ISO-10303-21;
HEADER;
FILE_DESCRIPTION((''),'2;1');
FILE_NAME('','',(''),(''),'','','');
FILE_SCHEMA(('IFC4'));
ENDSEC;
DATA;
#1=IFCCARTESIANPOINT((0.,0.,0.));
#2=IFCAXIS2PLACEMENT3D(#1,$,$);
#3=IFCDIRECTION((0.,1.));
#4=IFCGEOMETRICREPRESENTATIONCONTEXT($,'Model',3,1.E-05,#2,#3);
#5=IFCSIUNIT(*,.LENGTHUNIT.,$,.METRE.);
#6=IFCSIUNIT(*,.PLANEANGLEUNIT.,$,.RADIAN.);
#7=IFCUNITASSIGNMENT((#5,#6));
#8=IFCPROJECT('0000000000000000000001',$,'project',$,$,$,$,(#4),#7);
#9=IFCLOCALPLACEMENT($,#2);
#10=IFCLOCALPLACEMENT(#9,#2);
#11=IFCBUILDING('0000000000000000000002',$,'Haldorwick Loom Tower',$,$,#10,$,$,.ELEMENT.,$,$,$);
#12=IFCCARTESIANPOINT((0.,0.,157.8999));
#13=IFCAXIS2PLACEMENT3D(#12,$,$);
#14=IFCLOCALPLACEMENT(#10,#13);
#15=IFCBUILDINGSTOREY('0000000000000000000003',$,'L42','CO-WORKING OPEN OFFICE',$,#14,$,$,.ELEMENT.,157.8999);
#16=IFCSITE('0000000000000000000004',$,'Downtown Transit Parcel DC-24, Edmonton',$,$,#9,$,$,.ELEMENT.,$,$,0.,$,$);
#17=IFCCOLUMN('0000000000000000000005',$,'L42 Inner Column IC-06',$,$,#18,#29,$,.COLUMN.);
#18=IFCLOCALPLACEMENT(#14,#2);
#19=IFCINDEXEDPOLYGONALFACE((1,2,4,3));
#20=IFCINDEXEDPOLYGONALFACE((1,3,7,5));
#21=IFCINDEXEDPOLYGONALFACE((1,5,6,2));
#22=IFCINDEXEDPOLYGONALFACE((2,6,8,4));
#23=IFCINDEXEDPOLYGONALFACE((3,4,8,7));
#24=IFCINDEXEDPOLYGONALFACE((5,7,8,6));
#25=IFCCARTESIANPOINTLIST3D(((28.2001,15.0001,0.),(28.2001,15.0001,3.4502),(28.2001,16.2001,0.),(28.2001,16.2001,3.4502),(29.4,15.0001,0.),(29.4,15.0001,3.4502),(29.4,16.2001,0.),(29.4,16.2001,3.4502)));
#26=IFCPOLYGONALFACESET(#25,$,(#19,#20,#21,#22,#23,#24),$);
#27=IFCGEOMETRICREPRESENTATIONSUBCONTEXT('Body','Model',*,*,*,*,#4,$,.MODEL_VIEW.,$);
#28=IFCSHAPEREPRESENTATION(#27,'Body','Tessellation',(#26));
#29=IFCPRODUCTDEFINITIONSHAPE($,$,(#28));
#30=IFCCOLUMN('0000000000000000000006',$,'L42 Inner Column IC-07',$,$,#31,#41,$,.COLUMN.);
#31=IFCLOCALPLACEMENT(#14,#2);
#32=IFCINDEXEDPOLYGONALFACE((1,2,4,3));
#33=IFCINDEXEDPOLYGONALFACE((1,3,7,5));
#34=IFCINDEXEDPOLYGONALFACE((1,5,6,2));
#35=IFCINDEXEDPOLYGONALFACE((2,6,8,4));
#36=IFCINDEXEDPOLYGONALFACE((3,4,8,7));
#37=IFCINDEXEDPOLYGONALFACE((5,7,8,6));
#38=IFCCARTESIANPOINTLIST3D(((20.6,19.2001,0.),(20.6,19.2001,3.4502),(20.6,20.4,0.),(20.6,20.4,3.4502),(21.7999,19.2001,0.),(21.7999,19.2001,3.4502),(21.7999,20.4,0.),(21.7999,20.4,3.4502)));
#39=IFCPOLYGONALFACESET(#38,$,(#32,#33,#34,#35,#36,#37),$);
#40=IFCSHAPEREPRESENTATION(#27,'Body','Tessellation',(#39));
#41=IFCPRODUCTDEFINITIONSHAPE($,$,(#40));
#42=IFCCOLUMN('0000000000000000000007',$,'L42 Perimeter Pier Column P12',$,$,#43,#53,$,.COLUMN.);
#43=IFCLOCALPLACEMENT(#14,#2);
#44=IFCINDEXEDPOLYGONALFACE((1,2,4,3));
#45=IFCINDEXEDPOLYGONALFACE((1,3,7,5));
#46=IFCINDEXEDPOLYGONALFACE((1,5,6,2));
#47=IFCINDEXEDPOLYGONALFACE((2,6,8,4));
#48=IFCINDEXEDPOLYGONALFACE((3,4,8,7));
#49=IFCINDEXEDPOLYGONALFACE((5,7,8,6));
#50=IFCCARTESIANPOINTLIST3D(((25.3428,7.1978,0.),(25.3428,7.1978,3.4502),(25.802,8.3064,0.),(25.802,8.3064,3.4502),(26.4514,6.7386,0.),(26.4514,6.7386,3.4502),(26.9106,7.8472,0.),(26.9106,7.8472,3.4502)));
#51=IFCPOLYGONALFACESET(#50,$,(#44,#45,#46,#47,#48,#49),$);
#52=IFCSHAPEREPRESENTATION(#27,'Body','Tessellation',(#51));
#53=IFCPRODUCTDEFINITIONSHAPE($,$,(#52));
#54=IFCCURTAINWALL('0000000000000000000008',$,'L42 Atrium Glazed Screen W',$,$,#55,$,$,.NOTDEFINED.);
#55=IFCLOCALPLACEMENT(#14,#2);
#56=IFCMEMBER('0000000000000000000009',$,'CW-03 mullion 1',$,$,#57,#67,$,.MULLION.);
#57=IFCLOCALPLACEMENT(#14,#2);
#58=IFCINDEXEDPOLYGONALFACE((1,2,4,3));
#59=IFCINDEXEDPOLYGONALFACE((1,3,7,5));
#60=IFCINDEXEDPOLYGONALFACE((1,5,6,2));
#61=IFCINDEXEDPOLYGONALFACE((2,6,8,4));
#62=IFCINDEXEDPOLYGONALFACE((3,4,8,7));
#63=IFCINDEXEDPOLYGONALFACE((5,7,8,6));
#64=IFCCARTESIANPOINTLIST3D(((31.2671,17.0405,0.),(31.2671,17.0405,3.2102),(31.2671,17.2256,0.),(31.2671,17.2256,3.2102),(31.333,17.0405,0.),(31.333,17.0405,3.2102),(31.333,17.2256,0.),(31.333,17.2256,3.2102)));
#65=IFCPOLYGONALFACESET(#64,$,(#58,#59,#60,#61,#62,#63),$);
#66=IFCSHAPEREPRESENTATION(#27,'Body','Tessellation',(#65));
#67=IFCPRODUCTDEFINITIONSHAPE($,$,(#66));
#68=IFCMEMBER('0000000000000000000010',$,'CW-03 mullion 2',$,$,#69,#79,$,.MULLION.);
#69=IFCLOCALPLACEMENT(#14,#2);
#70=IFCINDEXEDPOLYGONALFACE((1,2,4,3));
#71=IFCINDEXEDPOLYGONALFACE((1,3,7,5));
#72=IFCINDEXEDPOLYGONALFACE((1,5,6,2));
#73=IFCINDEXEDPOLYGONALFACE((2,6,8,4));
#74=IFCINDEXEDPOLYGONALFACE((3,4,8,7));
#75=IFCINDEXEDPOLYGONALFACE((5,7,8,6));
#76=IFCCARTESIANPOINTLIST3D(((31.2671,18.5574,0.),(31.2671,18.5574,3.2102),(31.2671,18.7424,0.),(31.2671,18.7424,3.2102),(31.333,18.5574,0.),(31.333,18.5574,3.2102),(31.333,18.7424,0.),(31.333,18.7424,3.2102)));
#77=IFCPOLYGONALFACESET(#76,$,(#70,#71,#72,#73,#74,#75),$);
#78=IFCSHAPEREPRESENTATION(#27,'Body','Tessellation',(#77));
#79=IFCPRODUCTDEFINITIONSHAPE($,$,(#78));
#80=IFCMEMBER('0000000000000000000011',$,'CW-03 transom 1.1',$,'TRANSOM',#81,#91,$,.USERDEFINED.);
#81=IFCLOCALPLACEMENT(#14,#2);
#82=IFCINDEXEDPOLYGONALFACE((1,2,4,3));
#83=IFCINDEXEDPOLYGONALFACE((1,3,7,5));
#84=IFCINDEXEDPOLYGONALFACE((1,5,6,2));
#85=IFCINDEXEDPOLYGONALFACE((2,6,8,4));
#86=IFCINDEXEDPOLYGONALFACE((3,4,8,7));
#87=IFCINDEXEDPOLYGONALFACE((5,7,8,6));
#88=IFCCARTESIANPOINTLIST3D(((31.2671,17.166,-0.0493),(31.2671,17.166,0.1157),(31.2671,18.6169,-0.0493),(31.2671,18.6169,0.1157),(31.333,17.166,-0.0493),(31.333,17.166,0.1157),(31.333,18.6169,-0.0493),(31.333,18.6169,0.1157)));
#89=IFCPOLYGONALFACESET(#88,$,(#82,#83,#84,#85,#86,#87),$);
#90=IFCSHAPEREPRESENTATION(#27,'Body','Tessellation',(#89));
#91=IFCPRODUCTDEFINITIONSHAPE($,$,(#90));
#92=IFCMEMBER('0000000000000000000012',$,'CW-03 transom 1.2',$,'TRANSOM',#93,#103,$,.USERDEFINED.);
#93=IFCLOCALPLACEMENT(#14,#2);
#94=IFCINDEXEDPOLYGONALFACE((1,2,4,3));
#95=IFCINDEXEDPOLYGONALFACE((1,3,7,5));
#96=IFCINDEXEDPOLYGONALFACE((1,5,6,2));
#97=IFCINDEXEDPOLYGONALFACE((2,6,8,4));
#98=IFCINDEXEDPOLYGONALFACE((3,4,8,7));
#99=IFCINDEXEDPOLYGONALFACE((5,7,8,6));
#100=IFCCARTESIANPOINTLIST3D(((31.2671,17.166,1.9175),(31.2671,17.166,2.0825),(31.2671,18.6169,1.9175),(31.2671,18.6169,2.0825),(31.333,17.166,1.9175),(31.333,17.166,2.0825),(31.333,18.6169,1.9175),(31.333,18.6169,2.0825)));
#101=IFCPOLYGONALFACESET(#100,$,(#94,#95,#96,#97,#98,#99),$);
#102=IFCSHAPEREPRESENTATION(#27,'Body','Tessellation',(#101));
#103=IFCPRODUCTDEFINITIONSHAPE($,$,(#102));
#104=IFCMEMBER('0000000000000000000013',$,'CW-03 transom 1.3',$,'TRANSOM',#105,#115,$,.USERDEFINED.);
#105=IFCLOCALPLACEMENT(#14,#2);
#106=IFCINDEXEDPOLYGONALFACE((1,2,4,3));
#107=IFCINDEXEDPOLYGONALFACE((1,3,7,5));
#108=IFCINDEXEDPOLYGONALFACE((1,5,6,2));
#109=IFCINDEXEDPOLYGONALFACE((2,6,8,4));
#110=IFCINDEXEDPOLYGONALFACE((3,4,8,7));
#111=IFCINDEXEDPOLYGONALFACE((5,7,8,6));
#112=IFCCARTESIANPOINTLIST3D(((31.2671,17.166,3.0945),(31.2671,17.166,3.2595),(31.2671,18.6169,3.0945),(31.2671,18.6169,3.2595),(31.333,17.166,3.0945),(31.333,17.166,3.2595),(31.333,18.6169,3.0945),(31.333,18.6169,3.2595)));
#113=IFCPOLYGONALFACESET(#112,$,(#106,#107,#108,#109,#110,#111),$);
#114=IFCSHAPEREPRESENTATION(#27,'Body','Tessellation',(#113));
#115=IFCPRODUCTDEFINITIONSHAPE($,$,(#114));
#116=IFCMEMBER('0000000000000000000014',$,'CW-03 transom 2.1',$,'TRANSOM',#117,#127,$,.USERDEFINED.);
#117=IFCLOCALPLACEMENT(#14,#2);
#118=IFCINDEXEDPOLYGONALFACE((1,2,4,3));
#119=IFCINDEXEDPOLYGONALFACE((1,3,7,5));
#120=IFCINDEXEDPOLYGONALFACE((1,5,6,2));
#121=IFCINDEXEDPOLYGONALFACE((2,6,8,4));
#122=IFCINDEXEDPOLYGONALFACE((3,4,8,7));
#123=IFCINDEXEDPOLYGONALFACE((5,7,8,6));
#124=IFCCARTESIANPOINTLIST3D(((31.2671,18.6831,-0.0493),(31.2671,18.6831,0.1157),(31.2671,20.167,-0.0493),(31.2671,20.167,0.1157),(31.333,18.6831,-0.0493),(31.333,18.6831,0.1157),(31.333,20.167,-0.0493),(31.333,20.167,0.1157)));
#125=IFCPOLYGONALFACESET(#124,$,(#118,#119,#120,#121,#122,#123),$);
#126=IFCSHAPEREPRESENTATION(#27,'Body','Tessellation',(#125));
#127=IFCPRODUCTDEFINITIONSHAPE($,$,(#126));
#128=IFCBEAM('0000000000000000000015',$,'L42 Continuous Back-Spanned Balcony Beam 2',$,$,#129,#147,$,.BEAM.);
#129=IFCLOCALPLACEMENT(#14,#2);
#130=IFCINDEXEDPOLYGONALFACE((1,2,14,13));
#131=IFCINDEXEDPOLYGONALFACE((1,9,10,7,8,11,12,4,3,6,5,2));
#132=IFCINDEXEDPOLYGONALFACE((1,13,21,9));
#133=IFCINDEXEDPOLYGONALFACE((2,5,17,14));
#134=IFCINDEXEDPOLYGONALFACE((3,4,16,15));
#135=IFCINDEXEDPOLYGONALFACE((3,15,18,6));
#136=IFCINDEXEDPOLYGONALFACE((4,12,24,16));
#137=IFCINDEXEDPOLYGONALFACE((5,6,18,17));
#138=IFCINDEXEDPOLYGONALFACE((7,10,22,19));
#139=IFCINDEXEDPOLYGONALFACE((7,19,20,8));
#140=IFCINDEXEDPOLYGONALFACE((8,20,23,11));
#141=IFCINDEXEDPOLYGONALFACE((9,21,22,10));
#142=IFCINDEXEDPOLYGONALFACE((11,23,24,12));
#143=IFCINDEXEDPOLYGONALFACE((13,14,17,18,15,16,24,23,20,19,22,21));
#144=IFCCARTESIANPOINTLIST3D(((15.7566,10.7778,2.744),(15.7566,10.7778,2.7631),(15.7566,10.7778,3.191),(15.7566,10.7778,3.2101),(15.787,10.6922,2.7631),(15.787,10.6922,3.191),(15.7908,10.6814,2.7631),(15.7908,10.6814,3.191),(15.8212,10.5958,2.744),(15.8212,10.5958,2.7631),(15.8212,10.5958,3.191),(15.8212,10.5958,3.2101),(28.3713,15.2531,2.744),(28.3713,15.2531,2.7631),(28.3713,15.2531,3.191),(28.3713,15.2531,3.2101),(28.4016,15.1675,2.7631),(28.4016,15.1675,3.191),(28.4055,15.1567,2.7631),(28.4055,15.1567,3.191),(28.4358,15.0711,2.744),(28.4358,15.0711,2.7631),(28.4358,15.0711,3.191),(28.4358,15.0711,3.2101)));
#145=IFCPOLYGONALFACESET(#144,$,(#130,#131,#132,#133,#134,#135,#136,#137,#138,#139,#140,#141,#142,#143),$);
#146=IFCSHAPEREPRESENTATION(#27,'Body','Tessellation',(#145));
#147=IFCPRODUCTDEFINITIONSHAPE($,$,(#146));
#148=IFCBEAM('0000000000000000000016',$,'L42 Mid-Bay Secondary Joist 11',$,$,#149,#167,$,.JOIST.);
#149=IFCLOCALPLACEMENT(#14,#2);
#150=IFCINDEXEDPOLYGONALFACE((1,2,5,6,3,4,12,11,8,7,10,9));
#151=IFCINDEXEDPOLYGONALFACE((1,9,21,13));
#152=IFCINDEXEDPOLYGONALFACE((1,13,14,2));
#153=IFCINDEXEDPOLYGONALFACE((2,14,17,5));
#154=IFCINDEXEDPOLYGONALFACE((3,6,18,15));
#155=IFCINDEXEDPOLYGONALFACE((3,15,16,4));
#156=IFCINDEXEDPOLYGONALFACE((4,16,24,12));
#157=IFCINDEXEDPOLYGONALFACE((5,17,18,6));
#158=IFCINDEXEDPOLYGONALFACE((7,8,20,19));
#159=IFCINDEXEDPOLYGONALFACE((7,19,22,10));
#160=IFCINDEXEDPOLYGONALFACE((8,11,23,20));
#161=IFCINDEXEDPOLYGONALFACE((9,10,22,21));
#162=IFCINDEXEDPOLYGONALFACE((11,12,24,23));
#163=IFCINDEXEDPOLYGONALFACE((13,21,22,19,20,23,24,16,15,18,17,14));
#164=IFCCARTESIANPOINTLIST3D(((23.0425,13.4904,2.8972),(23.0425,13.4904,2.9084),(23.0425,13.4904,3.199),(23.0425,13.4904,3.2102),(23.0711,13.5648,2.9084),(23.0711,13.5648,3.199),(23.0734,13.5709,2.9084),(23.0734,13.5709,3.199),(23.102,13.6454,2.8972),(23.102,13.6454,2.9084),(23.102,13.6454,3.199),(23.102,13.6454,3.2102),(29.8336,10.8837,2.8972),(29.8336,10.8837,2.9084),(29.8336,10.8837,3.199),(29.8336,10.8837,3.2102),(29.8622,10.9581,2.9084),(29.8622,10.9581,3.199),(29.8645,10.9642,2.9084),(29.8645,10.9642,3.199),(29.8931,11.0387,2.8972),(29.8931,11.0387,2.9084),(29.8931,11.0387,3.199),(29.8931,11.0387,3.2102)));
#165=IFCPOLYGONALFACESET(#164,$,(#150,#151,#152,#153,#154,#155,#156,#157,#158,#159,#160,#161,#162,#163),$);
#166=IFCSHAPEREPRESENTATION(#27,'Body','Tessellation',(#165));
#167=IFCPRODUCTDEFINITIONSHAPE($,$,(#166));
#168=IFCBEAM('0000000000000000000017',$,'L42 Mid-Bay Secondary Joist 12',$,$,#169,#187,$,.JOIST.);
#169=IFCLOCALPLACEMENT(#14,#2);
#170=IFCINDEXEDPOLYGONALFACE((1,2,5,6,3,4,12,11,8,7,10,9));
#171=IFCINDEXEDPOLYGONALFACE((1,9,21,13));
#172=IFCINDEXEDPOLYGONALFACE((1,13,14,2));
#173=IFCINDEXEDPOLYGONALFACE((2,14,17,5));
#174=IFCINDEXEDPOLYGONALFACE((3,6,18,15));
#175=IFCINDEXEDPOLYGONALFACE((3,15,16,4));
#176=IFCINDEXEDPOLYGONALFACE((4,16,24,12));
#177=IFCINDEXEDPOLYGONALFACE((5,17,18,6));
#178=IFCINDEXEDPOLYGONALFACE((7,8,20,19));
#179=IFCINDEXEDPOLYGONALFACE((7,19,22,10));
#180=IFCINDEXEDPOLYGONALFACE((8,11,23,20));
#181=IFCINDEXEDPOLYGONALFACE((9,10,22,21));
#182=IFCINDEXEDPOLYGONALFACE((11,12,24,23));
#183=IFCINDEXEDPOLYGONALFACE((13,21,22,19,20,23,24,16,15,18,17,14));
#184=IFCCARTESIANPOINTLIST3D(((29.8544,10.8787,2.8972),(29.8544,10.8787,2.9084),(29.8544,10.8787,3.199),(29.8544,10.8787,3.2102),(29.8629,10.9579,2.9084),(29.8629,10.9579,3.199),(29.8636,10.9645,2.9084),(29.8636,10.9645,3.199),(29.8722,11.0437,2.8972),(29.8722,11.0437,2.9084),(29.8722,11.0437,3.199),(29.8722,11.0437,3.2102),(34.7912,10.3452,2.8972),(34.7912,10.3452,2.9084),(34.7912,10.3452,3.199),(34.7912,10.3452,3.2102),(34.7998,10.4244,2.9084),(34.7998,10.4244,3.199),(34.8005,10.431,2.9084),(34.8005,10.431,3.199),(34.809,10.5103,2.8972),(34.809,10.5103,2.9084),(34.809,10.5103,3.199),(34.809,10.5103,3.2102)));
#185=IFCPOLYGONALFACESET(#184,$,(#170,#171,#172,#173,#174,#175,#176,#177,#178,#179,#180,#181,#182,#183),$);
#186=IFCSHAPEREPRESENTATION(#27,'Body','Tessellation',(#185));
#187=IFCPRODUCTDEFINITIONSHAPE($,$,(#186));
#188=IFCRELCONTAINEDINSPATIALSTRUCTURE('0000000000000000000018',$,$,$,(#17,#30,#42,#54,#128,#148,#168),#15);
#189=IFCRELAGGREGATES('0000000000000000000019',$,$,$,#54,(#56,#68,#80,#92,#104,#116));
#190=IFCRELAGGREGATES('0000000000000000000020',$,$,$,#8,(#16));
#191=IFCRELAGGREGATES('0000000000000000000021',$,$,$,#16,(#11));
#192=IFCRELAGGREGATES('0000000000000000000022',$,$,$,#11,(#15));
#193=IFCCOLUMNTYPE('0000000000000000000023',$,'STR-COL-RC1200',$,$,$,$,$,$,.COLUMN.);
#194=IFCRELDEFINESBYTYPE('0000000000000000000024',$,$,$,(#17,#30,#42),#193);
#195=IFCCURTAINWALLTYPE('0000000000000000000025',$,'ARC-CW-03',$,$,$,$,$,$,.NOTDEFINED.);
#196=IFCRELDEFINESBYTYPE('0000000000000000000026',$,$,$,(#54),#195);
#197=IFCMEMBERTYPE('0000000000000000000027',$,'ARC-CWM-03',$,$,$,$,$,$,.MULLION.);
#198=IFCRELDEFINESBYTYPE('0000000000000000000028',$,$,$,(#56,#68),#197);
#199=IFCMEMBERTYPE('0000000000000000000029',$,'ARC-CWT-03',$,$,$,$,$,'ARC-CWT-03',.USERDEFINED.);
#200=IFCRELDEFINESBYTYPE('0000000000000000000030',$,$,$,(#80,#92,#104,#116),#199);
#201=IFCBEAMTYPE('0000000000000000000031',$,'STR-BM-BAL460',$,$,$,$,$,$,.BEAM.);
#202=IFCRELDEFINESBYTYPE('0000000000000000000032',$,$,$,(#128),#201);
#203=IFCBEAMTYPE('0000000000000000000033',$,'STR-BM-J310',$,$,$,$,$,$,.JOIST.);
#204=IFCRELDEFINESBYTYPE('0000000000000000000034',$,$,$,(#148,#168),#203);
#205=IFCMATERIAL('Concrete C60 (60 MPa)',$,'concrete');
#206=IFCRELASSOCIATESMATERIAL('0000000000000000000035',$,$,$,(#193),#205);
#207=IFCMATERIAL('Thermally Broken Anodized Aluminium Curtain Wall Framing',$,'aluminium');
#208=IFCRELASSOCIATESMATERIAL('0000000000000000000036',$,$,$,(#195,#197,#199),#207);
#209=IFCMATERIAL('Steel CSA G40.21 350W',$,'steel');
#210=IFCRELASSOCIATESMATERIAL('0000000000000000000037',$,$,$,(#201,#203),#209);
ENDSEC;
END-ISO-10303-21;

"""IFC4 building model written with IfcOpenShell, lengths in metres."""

from ifc_helpers import new_model, si_unit, direction, frame, origin, origin_2d, place, context, subcontext, project, spatial, rectangle, i_section, extrude, material, material_profile, profile_set, type_object, element, aggregate, save


model = new_model("IFC4")

# Units and contexts
model_context = context("Model", 3, precision=1e-05, world=origin(), true_north=direction((0.0, 1.0)))
body_context = subcontext(model_context, "Body", "Model", "MODEL_VIEW")
ifc_project = project(units=[si_unit("LENGTHUNIT", "METRE"), si_unit("PLANEANGLEUNIT", "RADIAN")], contexts=[model_context])

# Site, building, storey
site_placement = place(None, origin())
site = spatial("IfcSite", under=ifc_project, at=site_placement, Name="Downtown Transit Parcel DC-24, Edmonton", CompositionType="ELEMENT", RefElevation=0.0)
building_placement = place(site_placement, origin())
building = spatial("IfcBuilding", under=site, at=building_placement, Name="Haldorwick Loom Tower", CompositionType="ELEMENT")
storey_placement = place(building_placement, frame((0.0, 0.0, 157.8999)))
storey = spatial("IfcBuildingStorey", under=building, at=storey_placement, Name="L42", Description="CO-WORKING OPEN OFFICE", CompositionType="ELEMENT", Elevation=157.8999)

# Columns
ifc_material_1 = material(Name="Concrete C60 (60 MPa)", Category="concrete")
ifc_material_profile_1 = material_profile(ifc_material_1, rectangle(XDim=1.2, YDim=1.2, at=origin_2d()), Name="RC1200X1200", Category="concrete")
ifc_profile_set_1 = profile_set([ifc_material_profile_1], Name="Concrete C60 (60 MPa)")
column_type = type_object("IfcColumnType", Name="STR-COL-RC1200", PredefinedType="COLUMN", material=ifc_profile_set_1)
for number, where, z_axis, x_axis, name in (
    (1, (28.8, 15.6001, 0.0), (0.0, 0.0, 1.0), (1.0, 0.0, 0.0), "L42 Inner Column IC-06"),
    (2, (21.2, 19.8, 0.0), (0.0, 0.0, 1.0), (1.0, 0.0, 0.0), "L42 Inner Column IC-07"),
    (3, (26.1267, 7.5225, 0.0), (0.0, 0.0, 1.0), (-0.382683, -0.92388, 0.0), "L42 Perimeter Pier Column P12"),
):
    element("IfcColumn", number, at=place(storey_placement, frame(where, z_axis=z_axis, x_axis=x_axis)), inside=storey, type_object=column_type, Name=name, PredefinedType="COLUMN", context=body_context, shape_type="SweptSolid", body=[
        extrude(rectangle(XDim=1.2, YDim=1.2, at=origin_2d()), origin(), (0.0, 0.0, 1.0), 3.4502),
    ])

# Curtain wall, members
ifc_material_2 = material(Name="Thermally Broken Anodized Aluminium Curtain Wall Framing", Category="aluminium")
curtain_wall_type = type_object("IfcCurtainWallType", Name="ARC-CW-03", PredefinedType="NOTDEFINED", material=ifc_material_2)
curtain_wall_placement = place(storey_placement, origin())
curtain_wall = element("IfcCurtainWall", 4, at=curtain_wall_placement, inside=storey, type_object=curtain_wall_type, Name="L42 Atrium Glazed Screen W", PredefinedType="NOTDEFINED")
ifc_material_profile_2 = material_profile(ifc_material_2, rectangle(XDim=0.0659, YDim=0.1851, at=origin_2d()), Name="ALU_MUL_66X185", Category="aluminium")
ifc_profile_set_2 = profile_set([ifc_material_profile_2], Name="Thermally Broken Anodized Aluminium Curtain Wall Framing")
member_type_1 = type_object("IfcMemberType", Name="ARC-CWM-03", PredefinedType="MULLION", material=ifc_profile_set_2)
member_1_placement = place(storey_placement, frame((31.3, 17.1331, 0.0), z_axis=(0.0, 0.0, 1.0), x_axis=(-1.0, 0.0, 0.0)))
member_1 = element("IfcMember", 5, at=member_1_placement, type_object=member_type_1, Name="CW-03 mullion 1", PredefinedType="MULLION", context=body_context, shape_type="SweptSolid", body=[
    extrude(rectangle(XDim=0.0659, YDim=0.1851, at=origin_2d()), origin(), (0.0, 0.0, 1.0), 3.2102),
])
member_2_placement = place(storey_placement, frame((31.3, 18.6499, 0.0), z_axis=(0.0, 0.0, 1.0), x_axis=(-1.0, 0.0, 0.0)))
member_2 = element("IfcMember", 6, at=member_2_placement, type_object=member_type_1, Name="CW-03 mullion 2", PredefinedType="MULLION", context=body_context, shape_type="SweptSolid", body=[
    extrude(rectangle(XDim=0.0659, YDim=0.1851, at=origin_2d()), origin(), (0.0, 0.0, 1.0), 3.2102),
])
ifc_material_profile_3 = material_profile(ifc_material_2, rectangle(XDim=0.0659, YDim=0.165, at=origin_2d()), Name="ALU_TRN_66X165", Category="aluminium")
ifc_profile_set_3 = profile_set([ifc_material_profile_3], Name="Thermally Broken Anodized Aluminium Curtain Wall Framing")
member_type_2 = type_object("IfcMemberType", Name="ARC-CWT-03", ElementType="ARC-CWT-03", PredefinedType="USERDEFINED", material=ifc_profile_set_3)
member_3_placement = place(storey_placement, frame((31.3, 17.166, 0.0332), z_axis=(0.0, 1.0, 0.0), x_axis=(-1.0, 0.0, 0.0)))
member_3 = element("IfcMember", 7, at=member_3_placement, type_object=member_type_2, Name="CW-03 transom 1.1", ObjectType="TRANSOM", PredefinedType="USERDEFINED", context=body_context, shape_type="SweptSolid", body=[
    extrude(rectangle(XDim=0.0659, YDim=0.165, at=origin_2d()), origin(), (0.0, 0.0, 1.0), 1.4509),
])
member_4_placement = place(storey_placement, frame((31.3, 17.166, 2.0), z_axis=(0.0, 1.0, 0.0), x_axis=(-1.0, 0.0, 0.0)))
member_4 = element("IfcMember", 8, at=member_4_placement, type_object=member_type_2, Name="CW-03 transom 1.2", ObjectType="TRANSOM", PredefinedType="USERDEFINED", context=body_context, shape_type="SweptSolid", body=[
    extrude(rectangle(XDim=0.0659, YDim=0.165, at=origin_2d()), origin(), (0.0, 0.0, 1.0), 1.4509),
])
member_5_placement = place(storey_placement, frame((31.3, 17.166, 3.177), z_axis=(0.0, 1.0, 0.0), x_axis=(-1.0, 0.0, 0.0)))
member_5 = element("IfcMember", 9, at=member_5_placement, type_object=member_type_2, Name="CW-03 transom 1.3", ObjectType="TRANSOM", PredefinedType="USERDEFINED", context=body_context, shape_type="SweptSolid", body=[
    extrude(rectangle(XDim=0.0659, YDim=0.165, at=origin_2d()), origin(), (0.0, 0.0, 1.0), 1.4509),
])
member_6_placement = place(storey_placement, frame((31.3, 18.6831, 0.0332), z_axis=(0.0, 1.0, 0.0), x_axis=(-1.0, 0.0, 0.0)))
member_6 = element("IfcMember", 10, at=member_6_placement, type_object=member_type_2, Name="CW-03 transom 2.1", ObjectType="TRANSOM", PredefinedType="USERDEFINED", context=body_context, shape_type="SweptSolid", body=[
    extrude(rectangle(XDim=0.0659, YDim=0.165, at=origin_2d()), origin(), (0.0, 0.0, 1.0), 1.4839),
])

# Beams
ifc_material_3 = material(Name="Steel CSA G40.21 350W", Category="steel")
ifc_material_profile_4 = material_profile(ifc_material_3, i_section(OverallWidth=0.1931, OverallDepth=0.4661, WebThickness=0.0115, FlangeThickness=0.019, at=origin_2d()), Name="W460X97", Category="steel")
ifc_profile_set_4 = profile_set([ifc_material_profile_4], Name="Steel CSA G40.21 350W")
beam_type_1 = type_object("IfcBeamType", Name="STR-BM-BAL460", PredefinedType="BEAM", material=ifc_profile_set_4)
beam_1_placement = place(storey_placement, frame((28.4036, 15.1621, 2.9771), z_axis=(-0.942448, -0.334353, 0.0), x_axis=(0.334353, -0.942448, 0.0)))
element("IfcBeam", 11, at=beam_1_placement, inside=storey, type_object=beam_type_1, Name="L42 Continuous Back-Spanned Balcony Beam 2", PredefinedType="BEAM", context=body_context, shape_type="SweptSolid", body=[
    extrude(i_section(OverallWidth=0.1931, OverallDepth=0.4661, WebThickness=0.0115, FlangeThickness=0.019, at=origin_2d()), origin(), (0.0, 0.0, 1.0), 13.385),
])
ifc_material_profile_5 = material_profile(ifc_material_3, i_section(OverallWidth=0.166, OverallDepth=0.313, WebThickness=0.0066, FlangeThickness=0.0112, at=origin_2d()), Name="W310X45", Category="steel")
ifc_profile_set_5 = profile_set([ifc_material_profile_5], Name="Steel CSA G40.21 350W")
beam_type_2 = type_object("IfcBeamType", Name="STR-BM-J310", PredefinedType="JOIST", material=ifc_profile_set_5)
beam_2_placement = place(storey_placement, frame((23.0723, 13.5679, 3.0537), z_axis=(0.933587, -0.358352, 0.0), x_axis=(0.358352, 0.933587, 0.0)))
element("IfcBeam", 12, at=beam_2_placement, inside=storey, type_object=beam_type_2, Name="L42 Mid-Bay Secondary Joist 11", PredefinedType="JOIST", context=body_context, shape_type="SweptSolid", body=[
    extrude(i_section(OverallWidth=0.166, OverallDepth=0.313, WebThickness=0.0066, FlangeThickness=0.0112, at=origin_2d()), origin(), (0.0, 0.0, 1.0), 7.2742),
])
beam_3_placement = place(storey_placement, frame((29.8633, 10.9612, 3.0537), z_axis=(0.994213, -0.107431, 0.0), x_axis=(0.107431, 0.994213, 0.0)))
element("IfcBeam", 13, at=beam_3_placement, inside=storey, type_object=beam_type_2, Name="L42 Mid-Bay Secondary Joist 12", PredefinedType="JOIST", context=body_context, shape_type="SweptSolid", body=[
    extrude(i_section(OverallWidth=0.166, OverallDepth=0.313, WebThickness=0.0066, FlangeThickness=0.0112, at=origin_2d()), origin(), (0.0, 0.0, 1.0), 4.9656),
])

aggregate(curtain_wall, [member_1, member_2, member_3, member_4, member_5, member_6])

save(model, "model.ifc")
